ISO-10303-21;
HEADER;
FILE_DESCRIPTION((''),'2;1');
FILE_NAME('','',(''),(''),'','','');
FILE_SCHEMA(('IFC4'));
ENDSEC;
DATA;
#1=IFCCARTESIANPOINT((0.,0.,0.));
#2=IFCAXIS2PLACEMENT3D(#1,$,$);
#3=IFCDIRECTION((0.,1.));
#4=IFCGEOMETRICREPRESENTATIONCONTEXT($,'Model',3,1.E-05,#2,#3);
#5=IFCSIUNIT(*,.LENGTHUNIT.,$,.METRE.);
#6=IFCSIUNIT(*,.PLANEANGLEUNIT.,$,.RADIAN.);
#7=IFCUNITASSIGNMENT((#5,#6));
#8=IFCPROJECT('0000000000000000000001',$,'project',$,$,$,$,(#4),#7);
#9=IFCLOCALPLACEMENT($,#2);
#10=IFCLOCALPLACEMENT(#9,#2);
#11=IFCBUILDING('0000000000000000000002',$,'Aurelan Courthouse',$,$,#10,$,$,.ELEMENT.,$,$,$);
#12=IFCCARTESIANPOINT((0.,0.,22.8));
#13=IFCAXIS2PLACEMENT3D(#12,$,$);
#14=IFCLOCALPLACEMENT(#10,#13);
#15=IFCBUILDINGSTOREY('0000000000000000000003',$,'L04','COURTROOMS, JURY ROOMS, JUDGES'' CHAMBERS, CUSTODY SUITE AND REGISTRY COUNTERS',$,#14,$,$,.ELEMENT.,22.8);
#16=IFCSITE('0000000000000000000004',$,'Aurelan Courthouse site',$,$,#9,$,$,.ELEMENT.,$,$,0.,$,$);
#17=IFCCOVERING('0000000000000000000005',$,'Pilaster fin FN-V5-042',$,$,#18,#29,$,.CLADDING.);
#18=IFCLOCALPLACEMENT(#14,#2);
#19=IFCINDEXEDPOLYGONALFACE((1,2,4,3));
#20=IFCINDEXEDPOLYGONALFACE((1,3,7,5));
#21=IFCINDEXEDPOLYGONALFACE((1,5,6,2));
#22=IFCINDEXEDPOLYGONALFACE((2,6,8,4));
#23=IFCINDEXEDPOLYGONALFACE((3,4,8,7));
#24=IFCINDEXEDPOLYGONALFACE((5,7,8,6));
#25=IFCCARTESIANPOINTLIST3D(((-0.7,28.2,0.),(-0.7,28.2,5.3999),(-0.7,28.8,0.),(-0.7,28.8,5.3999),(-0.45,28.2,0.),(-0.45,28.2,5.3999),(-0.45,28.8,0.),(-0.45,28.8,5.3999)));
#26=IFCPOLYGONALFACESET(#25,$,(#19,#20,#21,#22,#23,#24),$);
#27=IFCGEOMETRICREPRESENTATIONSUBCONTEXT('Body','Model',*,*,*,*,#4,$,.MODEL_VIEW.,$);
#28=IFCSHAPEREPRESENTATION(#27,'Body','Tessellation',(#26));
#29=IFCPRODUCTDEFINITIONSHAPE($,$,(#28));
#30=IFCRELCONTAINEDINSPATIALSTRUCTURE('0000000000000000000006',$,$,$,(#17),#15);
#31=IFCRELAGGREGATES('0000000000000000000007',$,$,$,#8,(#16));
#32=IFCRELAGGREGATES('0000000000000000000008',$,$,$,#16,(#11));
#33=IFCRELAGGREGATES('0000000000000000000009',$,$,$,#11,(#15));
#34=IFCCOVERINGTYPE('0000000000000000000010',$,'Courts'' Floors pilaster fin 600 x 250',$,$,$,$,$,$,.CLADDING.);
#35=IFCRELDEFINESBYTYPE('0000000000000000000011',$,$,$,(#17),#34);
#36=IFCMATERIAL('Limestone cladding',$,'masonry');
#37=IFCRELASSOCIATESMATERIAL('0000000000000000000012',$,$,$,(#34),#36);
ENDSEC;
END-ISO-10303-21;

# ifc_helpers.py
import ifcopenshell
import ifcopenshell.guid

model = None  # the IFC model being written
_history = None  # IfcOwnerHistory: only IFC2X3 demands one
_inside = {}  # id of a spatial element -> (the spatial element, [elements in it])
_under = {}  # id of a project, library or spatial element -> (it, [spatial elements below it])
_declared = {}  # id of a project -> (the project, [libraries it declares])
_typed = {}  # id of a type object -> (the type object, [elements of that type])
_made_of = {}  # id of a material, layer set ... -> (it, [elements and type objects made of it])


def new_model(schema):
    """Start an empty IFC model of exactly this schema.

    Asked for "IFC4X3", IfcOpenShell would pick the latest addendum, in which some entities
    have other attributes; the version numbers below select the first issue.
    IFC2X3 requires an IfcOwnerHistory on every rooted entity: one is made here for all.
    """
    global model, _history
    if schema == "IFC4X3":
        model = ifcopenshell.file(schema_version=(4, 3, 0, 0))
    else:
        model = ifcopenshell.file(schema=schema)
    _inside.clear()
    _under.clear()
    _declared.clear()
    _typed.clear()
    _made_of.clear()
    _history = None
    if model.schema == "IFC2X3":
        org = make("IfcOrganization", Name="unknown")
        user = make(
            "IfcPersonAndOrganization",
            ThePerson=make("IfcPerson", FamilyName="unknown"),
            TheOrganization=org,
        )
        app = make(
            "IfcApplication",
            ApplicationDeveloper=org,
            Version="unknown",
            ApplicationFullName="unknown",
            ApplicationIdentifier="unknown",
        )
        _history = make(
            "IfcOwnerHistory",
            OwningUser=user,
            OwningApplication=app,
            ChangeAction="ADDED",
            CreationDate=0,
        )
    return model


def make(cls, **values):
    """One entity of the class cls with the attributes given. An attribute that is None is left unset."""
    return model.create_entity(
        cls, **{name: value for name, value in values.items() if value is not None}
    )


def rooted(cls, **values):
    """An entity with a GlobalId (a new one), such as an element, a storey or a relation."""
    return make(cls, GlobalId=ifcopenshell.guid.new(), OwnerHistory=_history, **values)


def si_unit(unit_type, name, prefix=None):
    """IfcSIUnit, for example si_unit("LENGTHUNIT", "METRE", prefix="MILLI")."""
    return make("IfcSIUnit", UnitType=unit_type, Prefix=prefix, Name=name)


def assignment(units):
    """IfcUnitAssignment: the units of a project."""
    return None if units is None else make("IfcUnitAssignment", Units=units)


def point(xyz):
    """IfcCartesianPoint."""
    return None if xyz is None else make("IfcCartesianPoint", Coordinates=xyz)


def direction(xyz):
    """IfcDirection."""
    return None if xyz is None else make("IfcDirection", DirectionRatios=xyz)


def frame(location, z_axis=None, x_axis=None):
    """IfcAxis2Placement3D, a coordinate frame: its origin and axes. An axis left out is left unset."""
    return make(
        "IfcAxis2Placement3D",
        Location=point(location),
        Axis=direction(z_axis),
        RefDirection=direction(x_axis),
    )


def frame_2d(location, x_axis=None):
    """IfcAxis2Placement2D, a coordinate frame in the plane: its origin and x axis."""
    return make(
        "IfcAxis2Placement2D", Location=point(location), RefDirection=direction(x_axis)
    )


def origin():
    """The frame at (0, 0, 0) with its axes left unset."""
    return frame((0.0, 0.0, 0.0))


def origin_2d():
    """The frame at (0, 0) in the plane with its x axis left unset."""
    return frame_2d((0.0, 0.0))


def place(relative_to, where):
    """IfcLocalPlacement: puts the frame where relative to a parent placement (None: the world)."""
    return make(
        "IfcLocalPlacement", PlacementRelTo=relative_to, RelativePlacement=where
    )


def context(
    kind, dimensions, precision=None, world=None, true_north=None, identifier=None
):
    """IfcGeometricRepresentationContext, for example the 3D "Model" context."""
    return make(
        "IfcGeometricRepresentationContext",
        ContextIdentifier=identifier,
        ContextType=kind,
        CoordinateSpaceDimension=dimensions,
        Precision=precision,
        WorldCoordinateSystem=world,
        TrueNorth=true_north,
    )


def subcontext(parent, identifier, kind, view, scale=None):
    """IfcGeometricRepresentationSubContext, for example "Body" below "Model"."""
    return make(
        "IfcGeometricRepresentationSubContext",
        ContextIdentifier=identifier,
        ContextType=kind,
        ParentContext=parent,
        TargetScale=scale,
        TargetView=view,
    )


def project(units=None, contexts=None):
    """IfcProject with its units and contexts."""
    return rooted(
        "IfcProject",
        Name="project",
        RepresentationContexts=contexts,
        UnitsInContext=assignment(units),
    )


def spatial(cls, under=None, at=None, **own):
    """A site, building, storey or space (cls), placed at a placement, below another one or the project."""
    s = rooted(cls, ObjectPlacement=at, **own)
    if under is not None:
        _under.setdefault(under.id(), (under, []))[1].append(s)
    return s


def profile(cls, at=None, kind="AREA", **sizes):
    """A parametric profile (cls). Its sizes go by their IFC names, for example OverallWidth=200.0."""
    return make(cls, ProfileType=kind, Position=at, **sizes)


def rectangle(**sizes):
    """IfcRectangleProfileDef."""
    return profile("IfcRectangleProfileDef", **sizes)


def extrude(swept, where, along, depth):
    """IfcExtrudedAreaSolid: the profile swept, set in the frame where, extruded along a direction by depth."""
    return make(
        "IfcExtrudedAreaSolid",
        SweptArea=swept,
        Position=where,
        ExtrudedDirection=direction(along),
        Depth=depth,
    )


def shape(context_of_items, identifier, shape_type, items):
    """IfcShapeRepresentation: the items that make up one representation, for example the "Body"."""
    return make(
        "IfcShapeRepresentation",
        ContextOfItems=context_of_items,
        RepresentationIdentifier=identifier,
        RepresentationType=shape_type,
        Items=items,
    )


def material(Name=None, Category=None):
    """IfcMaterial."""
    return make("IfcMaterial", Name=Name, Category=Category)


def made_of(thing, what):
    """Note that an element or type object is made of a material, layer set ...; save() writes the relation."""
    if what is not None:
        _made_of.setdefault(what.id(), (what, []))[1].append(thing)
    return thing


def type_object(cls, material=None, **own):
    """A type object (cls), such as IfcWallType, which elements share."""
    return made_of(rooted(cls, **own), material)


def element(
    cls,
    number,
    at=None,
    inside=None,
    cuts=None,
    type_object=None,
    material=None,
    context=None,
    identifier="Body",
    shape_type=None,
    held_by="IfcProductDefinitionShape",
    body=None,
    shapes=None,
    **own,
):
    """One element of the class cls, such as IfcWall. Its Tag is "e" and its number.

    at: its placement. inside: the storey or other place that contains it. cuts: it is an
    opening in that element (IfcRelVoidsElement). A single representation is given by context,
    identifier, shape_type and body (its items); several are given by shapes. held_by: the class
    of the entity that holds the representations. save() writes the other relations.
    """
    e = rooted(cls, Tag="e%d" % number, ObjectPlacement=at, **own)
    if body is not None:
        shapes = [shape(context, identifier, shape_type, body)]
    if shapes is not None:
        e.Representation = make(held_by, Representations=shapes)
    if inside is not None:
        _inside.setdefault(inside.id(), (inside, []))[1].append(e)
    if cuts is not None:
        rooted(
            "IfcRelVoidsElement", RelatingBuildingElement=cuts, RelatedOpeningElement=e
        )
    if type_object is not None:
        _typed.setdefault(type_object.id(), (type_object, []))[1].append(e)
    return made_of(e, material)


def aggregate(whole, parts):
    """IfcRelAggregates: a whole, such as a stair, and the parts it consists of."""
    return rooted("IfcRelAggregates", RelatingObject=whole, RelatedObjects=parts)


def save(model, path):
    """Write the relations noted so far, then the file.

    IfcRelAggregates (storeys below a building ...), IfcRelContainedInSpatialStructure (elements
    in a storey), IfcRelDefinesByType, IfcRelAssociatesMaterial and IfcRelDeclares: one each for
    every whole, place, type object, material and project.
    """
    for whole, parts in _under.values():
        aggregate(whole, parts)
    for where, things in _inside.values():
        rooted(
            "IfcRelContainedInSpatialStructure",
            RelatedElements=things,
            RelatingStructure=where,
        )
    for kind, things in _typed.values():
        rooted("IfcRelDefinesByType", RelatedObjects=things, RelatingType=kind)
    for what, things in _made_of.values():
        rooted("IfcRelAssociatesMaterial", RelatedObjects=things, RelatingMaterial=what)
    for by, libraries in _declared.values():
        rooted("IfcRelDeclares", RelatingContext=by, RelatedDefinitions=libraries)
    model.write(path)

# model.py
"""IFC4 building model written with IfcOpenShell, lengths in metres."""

from ifc_helpers import new_model, si_unit, direction, frame, origin, origin_2d, place, context, subcontext, project, spatial, rectangle, extrude, material, type_object, element, save


model = new_model("IFC4")

# Units and contexts
model_context = context("Model", 3, precision=1e-05, world=origin(), true_north=direction((0.0, 1.0)))
body_context = subcontext(model_context, "Body", "Model", "MODEL_VIEW")
ifc_project = project(units=[si_unit("LENGTHUNIT", "METRE"), si_unit("PLANEANGLEUNIT", "RADIAN")], contexts=[model_context])

# Site, building, storey
site_placement = place(None, origin())
site = spatial("IfcSite", under=ifc_project, at=site_placement, Name="Aurelan Courthouse site", CompositionType="ELEMENT", RefElevation=0.0)
building_placement = place(site_placement, origin())
building = spatial("IfcBuilding", under=site, at=building_placement, Name="Aurelan Courthouse", CompositionType="ELEMENT")
storey_placement = place(building_placement, frame((0.0, 0.0, 22.8)))
storey = spatial("IfcBuildingStorey", under=building, at=storey_placement, Name="L04", Description="COURTROOMS, JURY ROOMS, JUDGES' CHAMBERS, CUSTODY SUITE AND REGISTRY COUNTERS", CompositionType="ELEMENT", Elevation=22.8)

# Shared definitions
ifc_material_1 = material(Name="Limestone cladding", Category="masonry")

# Covering
covering_type_1 = type_object("IfcCoveringType", Name="Courts' Floors pilaster fin 600 x 250", PredefinedType="CLADDING", material=ifc_material_1)
covering_1_placement = place(storey_placement, frame((-0.575, 28.5, 0.0), z_axis=(0.0, 0.0, 1.0), x_axis=(1.0, 0.0, 0.0)))
element("IfcCovering", 1, at=covering_1_placement, inside=storey, type_object=covering_type_1, Name="Pilaster fin FN-V5-042", PredefinedType="CLADDING", context=body_context, shape_type="SweptSolid", body=[
    extrude(rectangle(XDim=0.25, YDim=0.6001, at=origin_2d()), origin(), (0.0, 0.0, 1.0), 5.3999),
])

save(model, "model.ifc")
